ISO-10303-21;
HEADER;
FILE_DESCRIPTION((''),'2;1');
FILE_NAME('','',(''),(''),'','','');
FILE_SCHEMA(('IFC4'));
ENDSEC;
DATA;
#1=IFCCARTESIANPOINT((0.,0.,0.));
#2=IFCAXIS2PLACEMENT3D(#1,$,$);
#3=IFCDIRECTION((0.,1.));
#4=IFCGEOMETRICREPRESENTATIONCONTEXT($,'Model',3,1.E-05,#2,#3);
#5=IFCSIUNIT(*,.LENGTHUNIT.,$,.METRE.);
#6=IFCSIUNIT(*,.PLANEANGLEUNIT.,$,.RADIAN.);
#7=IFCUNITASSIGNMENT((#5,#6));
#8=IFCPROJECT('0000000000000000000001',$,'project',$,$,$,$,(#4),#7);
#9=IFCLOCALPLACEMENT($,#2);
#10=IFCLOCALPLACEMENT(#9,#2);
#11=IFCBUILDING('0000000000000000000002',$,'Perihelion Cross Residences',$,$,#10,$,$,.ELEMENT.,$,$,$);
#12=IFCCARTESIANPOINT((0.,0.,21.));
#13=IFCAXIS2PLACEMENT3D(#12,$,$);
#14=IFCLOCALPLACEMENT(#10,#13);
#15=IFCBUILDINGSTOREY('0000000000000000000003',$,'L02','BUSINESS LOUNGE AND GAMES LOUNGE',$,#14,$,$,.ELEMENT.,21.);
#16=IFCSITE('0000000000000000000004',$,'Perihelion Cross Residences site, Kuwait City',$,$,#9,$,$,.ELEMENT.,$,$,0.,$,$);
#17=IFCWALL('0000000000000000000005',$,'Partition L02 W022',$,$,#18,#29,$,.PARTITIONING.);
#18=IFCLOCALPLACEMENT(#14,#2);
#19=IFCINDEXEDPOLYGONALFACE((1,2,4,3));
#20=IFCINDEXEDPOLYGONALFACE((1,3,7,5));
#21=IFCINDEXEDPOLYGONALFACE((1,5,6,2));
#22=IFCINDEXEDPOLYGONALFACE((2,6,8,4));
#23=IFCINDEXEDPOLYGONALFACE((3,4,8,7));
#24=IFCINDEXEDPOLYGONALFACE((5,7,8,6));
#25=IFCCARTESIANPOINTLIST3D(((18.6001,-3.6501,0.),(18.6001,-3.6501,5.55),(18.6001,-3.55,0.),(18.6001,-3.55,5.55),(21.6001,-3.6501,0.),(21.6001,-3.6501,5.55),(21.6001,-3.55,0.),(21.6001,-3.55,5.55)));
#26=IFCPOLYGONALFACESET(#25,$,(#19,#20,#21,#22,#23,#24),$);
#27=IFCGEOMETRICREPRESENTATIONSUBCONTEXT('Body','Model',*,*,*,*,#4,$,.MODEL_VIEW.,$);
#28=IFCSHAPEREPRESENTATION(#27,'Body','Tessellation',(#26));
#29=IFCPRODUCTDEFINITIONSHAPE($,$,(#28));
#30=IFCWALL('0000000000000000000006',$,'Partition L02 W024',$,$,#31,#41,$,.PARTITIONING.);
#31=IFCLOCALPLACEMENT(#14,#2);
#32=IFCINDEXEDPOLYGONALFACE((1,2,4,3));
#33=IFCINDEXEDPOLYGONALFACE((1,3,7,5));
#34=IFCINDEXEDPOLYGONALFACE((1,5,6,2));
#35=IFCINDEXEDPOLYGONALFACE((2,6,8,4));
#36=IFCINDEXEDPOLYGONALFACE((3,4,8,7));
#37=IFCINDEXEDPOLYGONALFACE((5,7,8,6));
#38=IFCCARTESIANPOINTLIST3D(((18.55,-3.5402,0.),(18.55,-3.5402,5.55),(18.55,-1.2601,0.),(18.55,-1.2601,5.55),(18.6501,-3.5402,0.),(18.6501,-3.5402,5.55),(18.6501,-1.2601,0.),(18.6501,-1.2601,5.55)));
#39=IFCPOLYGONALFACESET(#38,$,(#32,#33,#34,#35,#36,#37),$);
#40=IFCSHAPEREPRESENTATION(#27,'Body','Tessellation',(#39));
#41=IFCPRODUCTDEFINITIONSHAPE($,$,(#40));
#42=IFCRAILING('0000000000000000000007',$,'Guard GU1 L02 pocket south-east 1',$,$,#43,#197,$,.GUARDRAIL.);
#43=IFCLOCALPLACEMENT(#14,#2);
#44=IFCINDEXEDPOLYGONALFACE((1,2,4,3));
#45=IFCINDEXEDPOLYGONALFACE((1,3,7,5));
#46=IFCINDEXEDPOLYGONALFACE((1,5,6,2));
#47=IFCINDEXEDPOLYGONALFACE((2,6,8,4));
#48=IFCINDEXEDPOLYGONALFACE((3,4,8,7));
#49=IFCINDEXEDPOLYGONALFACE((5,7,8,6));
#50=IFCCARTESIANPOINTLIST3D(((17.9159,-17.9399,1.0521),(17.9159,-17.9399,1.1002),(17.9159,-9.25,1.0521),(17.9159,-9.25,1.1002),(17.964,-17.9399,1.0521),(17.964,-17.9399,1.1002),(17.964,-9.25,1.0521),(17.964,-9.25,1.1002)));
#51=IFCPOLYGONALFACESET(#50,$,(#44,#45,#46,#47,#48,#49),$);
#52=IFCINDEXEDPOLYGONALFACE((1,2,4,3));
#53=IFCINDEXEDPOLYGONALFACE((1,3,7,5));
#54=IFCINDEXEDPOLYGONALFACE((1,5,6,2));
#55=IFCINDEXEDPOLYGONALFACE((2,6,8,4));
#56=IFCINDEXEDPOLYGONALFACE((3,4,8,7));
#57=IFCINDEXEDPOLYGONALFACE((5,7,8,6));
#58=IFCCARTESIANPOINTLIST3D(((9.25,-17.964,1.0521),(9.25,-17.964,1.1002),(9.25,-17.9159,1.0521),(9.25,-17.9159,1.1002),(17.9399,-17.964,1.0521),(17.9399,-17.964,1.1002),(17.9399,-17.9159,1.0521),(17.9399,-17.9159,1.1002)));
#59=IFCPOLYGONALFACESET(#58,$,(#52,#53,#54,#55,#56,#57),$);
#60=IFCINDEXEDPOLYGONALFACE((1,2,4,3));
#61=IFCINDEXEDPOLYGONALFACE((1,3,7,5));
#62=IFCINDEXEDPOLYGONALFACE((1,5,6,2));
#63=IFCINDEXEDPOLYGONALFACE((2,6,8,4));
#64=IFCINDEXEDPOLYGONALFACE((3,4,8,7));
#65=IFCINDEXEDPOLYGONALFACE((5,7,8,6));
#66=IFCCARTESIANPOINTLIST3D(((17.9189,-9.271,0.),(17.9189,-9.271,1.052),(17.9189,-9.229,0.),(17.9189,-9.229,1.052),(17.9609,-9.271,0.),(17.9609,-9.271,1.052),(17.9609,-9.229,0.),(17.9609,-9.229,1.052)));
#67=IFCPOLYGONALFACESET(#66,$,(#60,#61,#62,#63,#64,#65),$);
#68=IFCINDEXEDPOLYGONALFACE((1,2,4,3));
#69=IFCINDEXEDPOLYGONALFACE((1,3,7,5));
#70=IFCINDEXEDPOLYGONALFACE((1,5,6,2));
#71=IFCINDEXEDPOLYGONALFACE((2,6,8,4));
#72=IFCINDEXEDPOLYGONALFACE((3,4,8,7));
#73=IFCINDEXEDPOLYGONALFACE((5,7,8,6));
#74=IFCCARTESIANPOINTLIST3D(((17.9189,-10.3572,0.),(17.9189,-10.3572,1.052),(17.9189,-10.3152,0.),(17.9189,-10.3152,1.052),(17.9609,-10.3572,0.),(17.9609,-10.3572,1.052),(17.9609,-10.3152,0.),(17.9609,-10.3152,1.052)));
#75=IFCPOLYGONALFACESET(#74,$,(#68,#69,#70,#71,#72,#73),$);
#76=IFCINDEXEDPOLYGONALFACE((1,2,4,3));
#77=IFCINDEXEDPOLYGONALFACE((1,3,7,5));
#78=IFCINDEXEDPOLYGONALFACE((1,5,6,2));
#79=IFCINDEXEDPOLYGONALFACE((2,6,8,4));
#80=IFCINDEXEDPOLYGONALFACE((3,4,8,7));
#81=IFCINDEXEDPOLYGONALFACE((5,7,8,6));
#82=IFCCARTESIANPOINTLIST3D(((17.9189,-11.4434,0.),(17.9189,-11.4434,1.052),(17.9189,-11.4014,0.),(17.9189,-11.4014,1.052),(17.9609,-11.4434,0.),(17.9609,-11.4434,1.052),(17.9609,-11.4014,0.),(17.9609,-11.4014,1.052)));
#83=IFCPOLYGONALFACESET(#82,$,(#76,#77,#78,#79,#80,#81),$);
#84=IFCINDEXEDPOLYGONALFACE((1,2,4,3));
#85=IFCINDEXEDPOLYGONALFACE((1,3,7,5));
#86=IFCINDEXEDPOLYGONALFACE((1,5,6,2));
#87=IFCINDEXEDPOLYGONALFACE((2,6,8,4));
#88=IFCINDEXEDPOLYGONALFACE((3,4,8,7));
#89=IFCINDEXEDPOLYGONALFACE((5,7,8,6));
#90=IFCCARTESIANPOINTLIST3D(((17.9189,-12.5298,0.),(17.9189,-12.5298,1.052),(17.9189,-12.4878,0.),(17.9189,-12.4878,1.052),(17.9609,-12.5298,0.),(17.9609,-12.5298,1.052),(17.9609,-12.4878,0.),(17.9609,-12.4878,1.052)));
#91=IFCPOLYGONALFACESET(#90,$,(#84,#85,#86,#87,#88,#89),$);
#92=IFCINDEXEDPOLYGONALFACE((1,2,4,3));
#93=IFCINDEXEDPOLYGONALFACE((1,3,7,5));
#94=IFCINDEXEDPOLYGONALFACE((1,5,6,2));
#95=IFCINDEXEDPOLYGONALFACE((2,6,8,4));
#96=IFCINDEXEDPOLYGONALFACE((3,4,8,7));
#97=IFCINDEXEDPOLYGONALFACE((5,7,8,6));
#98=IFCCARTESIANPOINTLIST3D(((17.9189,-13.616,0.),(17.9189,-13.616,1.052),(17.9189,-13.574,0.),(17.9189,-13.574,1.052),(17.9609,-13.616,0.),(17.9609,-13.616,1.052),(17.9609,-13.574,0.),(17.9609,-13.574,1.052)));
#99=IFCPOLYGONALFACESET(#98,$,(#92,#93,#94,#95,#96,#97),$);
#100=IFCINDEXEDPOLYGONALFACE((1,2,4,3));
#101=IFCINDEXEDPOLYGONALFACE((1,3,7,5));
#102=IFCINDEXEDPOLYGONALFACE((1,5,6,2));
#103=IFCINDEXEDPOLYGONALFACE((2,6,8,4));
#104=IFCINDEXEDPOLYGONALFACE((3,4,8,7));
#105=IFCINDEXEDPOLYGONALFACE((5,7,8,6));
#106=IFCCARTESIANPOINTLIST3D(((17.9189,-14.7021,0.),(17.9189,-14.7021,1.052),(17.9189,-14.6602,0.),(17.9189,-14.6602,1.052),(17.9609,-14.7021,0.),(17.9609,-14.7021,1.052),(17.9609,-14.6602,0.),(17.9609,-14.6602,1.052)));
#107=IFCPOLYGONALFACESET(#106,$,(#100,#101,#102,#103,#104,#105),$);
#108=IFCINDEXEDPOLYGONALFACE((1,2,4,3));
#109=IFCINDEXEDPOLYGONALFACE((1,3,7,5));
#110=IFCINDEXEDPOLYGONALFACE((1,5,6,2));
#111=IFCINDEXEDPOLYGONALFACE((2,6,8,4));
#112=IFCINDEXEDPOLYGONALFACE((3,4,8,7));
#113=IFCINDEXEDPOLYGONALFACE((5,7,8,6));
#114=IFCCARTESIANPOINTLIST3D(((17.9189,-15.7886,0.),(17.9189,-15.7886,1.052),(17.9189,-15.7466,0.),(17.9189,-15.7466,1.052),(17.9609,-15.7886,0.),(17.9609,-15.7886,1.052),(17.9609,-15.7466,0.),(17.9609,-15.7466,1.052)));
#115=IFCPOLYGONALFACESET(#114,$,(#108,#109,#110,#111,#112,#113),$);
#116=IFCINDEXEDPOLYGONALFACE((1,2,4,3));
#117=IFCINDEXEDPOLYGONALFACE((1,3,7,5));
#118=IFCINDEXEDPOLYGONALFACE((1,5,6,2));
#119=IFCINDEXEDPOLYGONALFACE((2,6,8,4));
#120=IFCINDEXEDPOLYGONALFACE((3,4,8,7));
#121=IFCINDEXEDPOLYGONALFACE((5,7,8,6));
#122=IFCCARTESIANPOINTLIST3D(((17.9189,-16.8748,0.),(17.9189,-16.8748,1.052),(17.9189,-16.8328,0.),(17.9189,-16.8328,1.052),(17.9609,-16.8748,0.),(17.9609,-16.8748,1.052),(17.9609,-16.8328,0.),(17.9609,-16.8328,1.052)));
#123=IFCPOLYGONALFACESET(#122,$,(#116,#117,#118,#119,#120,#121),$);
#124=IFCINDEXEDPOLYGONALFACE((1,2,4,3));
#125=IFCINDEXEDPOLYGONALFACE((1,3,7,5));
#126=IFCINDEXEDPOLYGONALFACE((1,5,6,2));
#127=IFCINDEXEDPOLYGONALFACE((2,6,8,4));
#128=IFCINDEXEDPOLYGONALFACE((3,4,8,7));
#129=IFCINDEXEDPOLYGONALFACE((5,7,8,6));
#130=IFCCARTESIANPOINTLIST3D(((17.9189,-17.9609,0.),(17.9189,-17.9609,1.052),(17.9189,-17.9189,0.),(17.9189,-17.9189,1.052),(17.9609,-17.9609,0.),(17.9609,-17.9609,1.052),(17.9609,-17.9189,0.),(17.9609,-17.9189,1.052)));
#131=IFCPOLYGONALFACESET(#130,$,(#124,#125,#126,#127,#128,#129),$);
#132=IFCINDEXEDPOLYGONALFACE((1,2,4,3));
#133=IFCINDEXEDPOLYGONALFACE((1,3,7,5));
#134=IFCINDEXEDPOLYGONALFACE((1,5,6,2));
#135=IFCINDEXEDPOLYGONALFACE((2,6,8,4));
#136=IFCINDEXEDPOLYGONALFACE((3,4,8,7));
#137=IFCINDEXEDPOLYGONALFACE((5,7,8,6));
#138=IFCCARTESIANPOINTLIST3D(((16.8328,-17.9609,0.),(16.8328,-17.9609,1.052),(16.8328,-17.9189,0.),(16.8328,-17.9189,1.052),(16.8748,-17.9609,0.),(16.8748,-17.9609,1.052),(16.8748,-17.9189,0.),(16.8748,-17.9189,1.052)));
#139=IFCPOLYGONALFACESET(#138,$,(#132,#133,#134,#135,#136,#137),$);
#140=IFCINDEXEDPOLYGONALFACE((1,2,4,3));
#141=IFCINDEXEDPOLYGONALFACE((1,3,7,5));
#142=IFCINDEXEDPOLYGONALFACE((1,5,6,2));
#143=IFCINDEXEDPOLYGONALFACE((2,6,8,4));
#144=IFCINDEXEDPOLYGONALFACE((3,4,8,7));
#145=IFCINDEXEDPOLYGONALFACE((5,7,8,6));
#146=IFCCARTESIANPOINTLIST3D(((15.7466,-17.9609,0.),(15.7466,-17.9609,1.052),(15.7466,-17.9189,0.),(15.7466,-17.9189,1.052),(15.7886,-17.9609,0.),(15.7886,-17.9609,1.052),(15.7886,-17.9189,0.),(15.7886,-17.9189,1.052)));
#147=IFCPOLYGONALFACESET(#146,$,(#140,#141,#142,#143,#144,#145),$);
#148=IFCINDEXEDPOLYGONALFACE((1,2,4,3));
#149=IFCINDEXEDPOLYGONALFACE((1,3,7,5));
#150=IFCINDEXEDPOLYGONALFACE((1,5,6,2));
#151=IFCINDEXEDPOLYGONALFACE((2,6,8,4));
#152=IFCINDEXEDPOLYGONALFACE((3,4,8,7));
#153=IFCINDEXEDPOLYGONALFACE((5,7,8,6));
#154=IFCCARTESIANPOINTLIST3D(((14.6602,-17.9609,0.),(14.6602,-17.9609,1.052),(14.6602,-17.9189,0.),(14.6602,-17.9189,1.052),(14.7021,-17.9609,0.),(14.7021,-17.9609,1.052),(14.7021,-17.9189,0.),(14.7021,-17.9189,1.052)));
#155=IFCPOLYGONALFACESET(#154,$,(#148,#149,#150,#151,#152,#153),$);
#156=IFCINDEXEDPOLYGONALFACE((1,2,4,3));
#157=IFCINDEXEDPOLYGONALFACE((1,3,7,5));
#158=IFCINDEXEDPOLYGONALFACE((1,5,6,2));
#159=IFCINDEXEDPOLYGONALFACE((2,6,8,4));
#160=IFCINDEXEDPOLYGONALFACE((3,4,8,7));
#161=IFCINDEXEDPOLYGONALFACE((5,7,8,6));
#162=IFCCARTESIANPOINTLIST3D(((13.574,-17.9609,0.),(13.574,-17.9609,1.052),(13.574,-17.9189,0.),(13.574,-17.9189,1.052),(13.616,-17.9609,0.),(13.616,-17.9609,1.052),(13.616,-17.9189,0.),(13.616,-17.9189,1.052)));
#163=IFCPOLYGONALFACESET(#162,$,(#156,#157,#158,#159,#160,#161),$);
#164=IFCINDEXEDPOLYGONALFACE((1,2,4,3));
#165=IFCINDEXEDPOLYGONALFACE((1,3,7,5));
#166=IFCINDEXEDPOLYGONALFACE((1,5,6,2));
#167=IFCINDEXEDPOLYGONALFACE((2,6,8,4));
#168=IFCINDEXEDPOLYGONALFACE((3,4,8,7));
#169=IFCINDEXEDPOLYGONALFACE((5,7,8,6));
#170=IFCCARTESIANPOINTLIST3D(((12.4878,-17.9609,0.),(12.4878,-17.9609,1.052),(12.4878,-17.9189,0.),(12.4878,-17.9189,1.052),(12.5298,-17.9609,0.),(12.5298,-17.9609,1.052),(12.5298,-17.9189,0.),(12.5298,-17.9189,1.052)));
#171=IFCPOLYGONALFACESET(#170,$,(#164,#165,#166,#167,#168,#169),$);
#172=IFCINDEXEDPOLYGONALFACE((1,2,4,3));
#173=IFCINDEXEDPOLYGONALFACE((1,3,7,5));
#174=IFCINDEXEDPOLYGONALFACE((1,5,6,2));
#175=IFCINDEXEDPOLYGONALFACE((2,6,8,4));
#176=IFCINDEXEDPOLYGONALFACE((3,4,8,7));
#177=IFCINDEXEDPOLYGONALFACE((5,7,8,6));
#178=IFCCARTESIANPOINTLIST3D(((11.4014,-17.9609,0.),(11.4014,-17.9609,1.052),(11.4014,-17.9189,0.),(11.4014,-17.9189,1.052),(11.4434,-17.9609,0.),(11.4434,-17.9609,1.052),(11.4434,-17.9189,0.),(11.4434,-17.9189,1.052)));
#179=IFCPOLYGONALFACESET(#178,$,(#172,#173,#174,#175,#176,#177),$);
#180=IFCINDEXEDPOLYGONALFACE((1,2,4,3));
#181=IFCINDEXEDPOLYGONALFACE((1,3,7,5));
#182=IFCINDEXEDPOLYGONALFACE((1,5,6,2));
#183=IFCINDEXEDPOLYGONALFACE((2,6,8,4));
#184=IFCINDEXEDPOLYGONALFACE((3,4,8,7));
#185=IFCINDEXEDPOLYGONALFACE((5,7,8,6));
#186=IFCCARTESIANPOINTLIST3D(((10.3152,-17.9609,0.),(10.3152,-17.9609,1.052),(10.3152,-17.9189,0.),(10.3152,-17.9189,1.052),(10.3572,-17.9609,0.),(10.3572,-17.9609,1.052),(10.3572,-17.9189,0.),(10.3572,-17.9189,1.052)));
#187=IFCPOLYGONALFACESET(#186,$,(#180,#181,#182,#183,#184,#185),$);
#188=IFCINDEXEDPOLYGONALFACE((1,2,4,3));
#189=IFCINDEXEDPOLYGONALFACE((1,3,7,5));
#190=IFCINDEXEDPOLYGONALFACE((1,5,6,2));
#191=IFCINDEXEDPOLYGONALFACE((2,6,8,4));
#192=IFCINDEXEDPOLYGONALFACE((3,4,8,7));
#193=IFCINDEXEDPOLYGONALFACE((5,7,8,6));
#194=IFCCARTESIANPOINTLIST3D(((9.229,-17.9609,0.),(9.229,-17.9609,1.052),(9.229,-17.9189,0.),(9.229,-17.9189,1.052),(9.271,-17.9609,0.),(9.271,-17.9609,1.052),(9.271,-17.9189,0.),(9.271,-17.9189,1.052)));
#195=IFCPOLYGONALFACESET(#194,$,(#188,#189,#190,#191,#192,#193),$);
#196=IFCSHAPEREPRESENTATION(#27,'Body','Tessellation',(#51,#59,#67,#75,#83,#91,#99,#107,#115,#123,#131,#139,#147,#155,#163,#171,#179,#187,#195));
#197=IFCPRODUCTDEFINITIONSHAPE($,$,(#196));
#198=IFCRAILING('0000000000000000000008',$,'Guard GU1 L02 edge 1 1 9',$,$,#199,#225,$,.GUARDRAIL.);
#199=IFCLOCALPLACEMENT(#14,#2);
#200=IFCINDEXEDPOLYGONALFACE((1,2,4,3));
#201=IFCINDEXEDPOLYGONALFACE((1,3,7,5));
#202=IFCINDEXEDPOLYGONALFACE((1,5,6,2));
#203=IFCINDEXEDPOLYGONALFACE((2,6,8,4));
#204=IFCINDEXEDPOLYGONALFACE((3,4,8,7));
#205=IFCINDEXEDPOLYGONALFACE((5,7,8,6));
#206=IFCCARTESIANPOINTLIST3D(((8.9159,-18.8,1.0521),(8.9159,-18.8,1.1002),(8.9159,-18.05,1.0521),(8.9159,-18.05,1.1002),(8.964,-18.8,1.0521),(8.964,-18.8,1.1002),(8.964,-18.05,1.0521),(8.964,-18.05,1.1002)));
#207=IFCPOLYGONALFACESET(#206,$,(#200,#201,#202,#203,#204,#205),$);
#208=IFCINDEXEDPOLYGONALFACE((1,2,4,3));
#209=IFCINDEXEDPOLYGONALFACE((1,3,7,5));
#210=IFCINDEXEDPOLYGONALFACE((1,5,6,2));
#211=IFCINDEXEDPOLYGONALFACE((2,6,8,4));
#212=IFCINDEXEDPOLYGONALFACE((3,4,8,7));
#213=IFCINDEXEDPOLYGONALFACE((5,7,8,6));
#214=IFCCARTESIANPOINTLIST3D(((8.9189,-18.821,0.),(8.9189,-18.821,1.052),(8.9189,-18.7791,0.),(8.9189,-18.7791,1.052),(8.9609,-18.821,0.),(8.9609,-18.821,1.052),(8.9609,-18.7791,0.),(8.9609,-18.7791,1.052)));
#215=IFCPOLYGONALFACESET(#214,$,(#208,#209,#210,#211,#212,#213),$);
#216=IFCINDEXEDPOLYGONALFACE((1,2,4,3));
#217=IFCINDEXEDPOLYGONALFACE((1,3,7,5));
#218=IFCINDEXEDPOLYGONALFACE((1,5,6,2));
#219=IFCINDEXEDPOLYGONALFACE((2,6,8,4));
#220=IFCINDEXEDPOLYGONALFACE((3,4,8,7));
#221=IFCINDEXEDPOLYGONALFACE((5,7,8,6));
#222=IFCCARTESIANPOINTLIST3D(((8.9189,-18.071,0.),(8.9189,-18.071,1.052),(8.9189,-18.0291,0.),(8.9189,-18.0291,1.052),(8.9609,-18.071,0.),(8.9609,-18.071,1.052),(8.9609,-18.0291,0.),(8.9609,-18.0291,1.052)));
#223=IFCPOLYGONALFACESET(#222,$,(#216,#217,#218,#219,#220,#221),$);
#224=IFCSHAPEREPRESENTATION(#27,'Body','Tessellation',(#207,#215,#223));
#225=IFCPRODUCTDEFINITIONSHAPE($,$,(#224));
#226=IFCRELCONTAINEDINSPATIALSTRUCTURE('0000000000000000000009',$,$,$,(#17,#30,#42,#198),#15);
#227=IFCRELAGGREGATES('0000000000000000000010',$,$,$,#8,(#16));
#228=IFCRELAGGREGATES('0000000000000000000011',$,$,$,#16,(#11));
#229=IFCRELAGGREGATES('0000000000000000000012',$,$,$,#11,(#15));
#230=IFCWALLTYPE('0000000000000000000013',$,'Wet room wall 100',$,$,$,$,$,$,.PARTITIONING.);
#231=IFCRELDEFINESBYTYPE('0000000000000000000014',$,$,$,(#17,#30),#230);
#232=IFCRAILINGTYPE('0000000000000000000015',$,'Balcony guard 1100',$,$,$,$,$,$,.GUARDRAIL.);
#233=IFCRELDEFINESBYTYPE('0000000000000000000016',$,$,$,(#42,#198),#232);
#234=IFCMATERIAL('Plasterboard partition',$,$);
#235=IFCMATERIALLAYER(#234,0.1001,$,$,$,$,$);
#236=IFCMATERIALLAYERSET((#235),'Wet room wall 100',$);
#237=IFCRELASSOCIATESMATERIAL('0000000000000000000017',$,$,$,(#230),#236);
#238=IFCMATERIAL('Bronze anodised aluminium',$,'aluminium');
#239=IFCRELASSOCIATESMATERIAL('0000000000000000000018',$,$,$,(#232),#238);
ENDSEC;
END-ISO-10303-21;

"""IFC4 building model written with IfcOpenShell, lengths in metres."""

from ifc_helpers import new_model, si_unit, direction, frame, frame_2d, origin, origin_2d, place, context, subcontext, project, spatial, rectangle, extrude, material, layer, layer_set, type_object, element, save


model = new_model("IFC4")

# Units and contexts
model_context = context("Model", 3, precision=1e-05, world=origin(), true_north=direction((0.0, 1.0)))
body_context = subcontext(model_context, "Body", "Model", "MODEL_VIEW")
ifc_project = project(units=[si_unit("LENGTHUNIT", "METRE"), si_unit("PLANEANGLEUNIT", "RADIAN")], contexts=[model_context])

# Site, building, storey
site_placement = place(None, origin())
site = spatial("IfcSite", under=ifc_project, at=site_placement, Name="Perihelion Cross Residences site, Kuwait City", CompositionType="ELEMENT", RefElevation=0.0)
building_placement = place(site_placement, origin())
building = spatial("IfcBuilding", under=site, at=building_placement, Name="Perihelion Cross Residences", CompositionType="ELEMENT")
storey_placement = place(building_placement, frame((0.0, 0.0, 21.0)))
storey = spatial("IfcBuildingStorey", under=building, at=storey_placement, Name="L02", Description="BUSINESS LOUNGE AND GAMES LOUNGE", CompositionType="ELEMENT", Elevation=21.0)

# Walls
ifc_material_1 = material(Name="Plasterboard partition")
ifc_layer_1 = layer(ifc_material_1, 0.1001)
ifc_layer_set_1 = layer_set([ifc_layer_1], Name="Wet room wall 100")
wall_type_1 = type_object("IfcWallType", Name="Wet room wall 100", PredefinedType="PARTITIONING", material=ifc_layer_set_1)
wall_1_placement = place(storey_placement, frame((18.6001, -3.6001, 0.0), z_axis=(0.0, 0.0, 1.0), x_axis=(1.0, 0.0, 0.0)))
element("IfcWall", 1, at=wall_1_placement, inside=storey, type_object=wall_type_1, Name="Partition L02 W022", PredefinedType="PARTITIONING", context=body_context, shape_type="SweptSolid", body=[
    extrude(rectangle(XDim=3.0, YDim=0.1001, at=frame_2d((1.5, 0.0))), origin(), (0.0, 0.0, 1.0), 5.55),
])
wall_2_placement = place(storey_placement, frame((18.6001, -1.26, 0.0), z_axis=(0.0, 0.0, 1.0), x_axis=(0.0, -1.0, 0.0)))
element("IfcWall", 2, at=wall_2_placement, inside=storey, type_object=wall_type_1, Name="Partition L02 W024", PredefinedType="PARTITIONING", context=body_context, shape_type="SweptSolid", body=[
    extrude(rectangle(XDim=2.28, YDim=0.1001, at=frame_2d((1.1401, 0.0))), origin(), (0.0, 0.0, 1.0), 5.55),
])

# Railings
ifc_material_2 = material(Name="Bronze anodised aluminium", Category="aluminium")
railing_type = type_object("IfcRailingType", Name="Balcony guard 1100", PredefinedType="GUARDRAIL", material=ifc_material_2)
railing_1_placement = place(storey_placement, frame((17.9399, -9.25, 0.0)))
element("IfcRailing", 3, at=railing_1_placement, inside=storey, type_object=railing_type, Name="Guard GU1 L02 pocket south-east 1", PredefinedType="GUARDRAIL", context=body_context, shape_type="SweptSolid", body=[
    extrude(rectangle(XDim=0.0481, YDim=0.0481, at=origin_2d()), frame((0.0, 0.0, 1.0762), z_axis=(0.0, -1.0, 0.0), x_axis=(1.0, 0.0, 0.0)), (0.0, 0.0, 1.0), 8.6899),
    extrude(rectangle(XDim=0.0481, YDim=0.0481, at=origin_2d()), frame((0.0, -8.6899, 1.0762), z_axis=(-1.0, 0.0, 0.0), x_axis=(0.0, -1.0, 0.0)), (0.0, 0.0, 1.0), 8.6899),
    extrude(rectangle(XDim=0.042, YDim=0.042, at=origin_2d()), origin(), (0.0, 0.0, 1.0), 1.052),
    extrude(rectangle(XDim=0.042, YDim=0.042, at=origin_2d()), frame((0.0, -1.0862, 0.0)), (0.0, 0.0, 1.0), 1.052),
    extrude(rectangle(XDim=0.042, YDim=0.042, at=origin_2d()), frame((0.0, -2.1724, 0.0)), (0.0, 0.0, 1.0), 1.052),
    extrude(rectangle(XDim=0.042, YDim=0.042, at=origin_2d()), frame((0.0, -3.2588, 0.0)), (0.0, 0.0, 1.0), 1.052),
    extrude(rectangle(XDim=0.042, YDim=0.042, at=origin_2d()), frame((0.0, -4.345, 0.0)), (0.0, 0.0, 1.0), 1.052),
    extrude(rectangle(XDim=0.042, YDim=0.042, at=origin_2d()), frame((0.0, -5.4312, 0.0)), (0.0, 0.0, 1.0), 1.052),
    extrude(rectangle(XDim=0.042, YDim=0.042, at=origin_2d()), frame((0.0, -6.5176, 0.0)), (0.0, 0.0, 1.0), 1.052),
    extrude(rectangle(XDim=0.042, YDim=0.042, at=origin_2d()), frame((0.0, -7.6038, 0.0)), (0.0, 0.0, 1.0), 1.052),
    extrude(rectangle(XDim=0.042, YDim=0.042, at=origin_2d()), frame((0.0, -8.6899, 0.0)), (0.0, 0.0, 1.0), 1.052),
    extrude(rectangle(XDim=0.042, YDim=0.042, at=origin_2d()), frame((-1.0862, -8.6899, 0.0)), (0.0, 0.0, 1.0), 1.052),
    extrude(rectangle(XDim=0.042, YDim=0.042, at=origin_2d()), frame((-2.1724, -8.6899, 0.0)), (0.0, 0.0, 1.0), 1.052),
    extrude(rectangle(XDim=0.042, YDim=0.042, at=origin_2d()), frame((-3.2588, -8.6899, 0.0)), (0.0, 0.0, 1.0), 1.052),
    extrude(rectangle(XDim=0.042, YDim=0.042, at=origin_2d()), frame((-4.345, -8.6899, 0.0)), (0.0, 0.0, 1.0), 1.052),
    extrude(rectangle(XDim=0.042, YDim=0.042, at=origin_2d()), frame((-5.4312, -8.6899, 0.0)), (0.0, 0.0, 1.0), 1.052),
    extrude(rectangle(XDim=0.042, YDim=0.042, at=origin_2d()), frame((-6.5176, -8.6899, 0.0)), (0.0, 0.0, 1.0), 1.052),
    extrude(rectangle(XDim=0.042, YDim=0.042, at=origin_2d()), frame((-7.6038, -8.6899, 0.0)), (0.0, 0.0, 1.0), 1.052),
    extrude(rectangle(XDim=0.042, YDim=0.042, at=origin_2d()), frame((-8.6899, -8.6899, 0.0)), (0.0, 0.0, 1.0), 1.052),
])
railing_2_placement = place(storey_placement, frame((8.9399, -18.8, 0.0)))
element("IfcRailing", 4, at=railing_2_placement, inside=storey, type_object=railing_type, Name="Guard GU1 L02 edge 1 1 9", PredefinedType="GUARDRAIL", context=body_context, shape_type="SweptSolid", body=[
    extrude(rectangle(XDim=0.0481, YDim=0.0481, at=origin_2d()), frame((0.0, 0.0, 1.0762), z_axis=(0.0, 1.0, 0.0), x_axis=(-1.0, 0.0, 0.0)), (0.0, 0.0, 1.0), 0.75),
    extrude(rectangle(XDim=0.042, YDim=0.042, at=origin_2d()), origin(), (0.0, 0.0, 1.0), 1.052),
    extrude(rectangle(XDim=0.042, YDim=0.042, at=origin_2d()), frame((0.0, 0.75, 0.0)), (0.0, 0.0, 1.0), 1.052),
])

save(model, "model.ifc")
